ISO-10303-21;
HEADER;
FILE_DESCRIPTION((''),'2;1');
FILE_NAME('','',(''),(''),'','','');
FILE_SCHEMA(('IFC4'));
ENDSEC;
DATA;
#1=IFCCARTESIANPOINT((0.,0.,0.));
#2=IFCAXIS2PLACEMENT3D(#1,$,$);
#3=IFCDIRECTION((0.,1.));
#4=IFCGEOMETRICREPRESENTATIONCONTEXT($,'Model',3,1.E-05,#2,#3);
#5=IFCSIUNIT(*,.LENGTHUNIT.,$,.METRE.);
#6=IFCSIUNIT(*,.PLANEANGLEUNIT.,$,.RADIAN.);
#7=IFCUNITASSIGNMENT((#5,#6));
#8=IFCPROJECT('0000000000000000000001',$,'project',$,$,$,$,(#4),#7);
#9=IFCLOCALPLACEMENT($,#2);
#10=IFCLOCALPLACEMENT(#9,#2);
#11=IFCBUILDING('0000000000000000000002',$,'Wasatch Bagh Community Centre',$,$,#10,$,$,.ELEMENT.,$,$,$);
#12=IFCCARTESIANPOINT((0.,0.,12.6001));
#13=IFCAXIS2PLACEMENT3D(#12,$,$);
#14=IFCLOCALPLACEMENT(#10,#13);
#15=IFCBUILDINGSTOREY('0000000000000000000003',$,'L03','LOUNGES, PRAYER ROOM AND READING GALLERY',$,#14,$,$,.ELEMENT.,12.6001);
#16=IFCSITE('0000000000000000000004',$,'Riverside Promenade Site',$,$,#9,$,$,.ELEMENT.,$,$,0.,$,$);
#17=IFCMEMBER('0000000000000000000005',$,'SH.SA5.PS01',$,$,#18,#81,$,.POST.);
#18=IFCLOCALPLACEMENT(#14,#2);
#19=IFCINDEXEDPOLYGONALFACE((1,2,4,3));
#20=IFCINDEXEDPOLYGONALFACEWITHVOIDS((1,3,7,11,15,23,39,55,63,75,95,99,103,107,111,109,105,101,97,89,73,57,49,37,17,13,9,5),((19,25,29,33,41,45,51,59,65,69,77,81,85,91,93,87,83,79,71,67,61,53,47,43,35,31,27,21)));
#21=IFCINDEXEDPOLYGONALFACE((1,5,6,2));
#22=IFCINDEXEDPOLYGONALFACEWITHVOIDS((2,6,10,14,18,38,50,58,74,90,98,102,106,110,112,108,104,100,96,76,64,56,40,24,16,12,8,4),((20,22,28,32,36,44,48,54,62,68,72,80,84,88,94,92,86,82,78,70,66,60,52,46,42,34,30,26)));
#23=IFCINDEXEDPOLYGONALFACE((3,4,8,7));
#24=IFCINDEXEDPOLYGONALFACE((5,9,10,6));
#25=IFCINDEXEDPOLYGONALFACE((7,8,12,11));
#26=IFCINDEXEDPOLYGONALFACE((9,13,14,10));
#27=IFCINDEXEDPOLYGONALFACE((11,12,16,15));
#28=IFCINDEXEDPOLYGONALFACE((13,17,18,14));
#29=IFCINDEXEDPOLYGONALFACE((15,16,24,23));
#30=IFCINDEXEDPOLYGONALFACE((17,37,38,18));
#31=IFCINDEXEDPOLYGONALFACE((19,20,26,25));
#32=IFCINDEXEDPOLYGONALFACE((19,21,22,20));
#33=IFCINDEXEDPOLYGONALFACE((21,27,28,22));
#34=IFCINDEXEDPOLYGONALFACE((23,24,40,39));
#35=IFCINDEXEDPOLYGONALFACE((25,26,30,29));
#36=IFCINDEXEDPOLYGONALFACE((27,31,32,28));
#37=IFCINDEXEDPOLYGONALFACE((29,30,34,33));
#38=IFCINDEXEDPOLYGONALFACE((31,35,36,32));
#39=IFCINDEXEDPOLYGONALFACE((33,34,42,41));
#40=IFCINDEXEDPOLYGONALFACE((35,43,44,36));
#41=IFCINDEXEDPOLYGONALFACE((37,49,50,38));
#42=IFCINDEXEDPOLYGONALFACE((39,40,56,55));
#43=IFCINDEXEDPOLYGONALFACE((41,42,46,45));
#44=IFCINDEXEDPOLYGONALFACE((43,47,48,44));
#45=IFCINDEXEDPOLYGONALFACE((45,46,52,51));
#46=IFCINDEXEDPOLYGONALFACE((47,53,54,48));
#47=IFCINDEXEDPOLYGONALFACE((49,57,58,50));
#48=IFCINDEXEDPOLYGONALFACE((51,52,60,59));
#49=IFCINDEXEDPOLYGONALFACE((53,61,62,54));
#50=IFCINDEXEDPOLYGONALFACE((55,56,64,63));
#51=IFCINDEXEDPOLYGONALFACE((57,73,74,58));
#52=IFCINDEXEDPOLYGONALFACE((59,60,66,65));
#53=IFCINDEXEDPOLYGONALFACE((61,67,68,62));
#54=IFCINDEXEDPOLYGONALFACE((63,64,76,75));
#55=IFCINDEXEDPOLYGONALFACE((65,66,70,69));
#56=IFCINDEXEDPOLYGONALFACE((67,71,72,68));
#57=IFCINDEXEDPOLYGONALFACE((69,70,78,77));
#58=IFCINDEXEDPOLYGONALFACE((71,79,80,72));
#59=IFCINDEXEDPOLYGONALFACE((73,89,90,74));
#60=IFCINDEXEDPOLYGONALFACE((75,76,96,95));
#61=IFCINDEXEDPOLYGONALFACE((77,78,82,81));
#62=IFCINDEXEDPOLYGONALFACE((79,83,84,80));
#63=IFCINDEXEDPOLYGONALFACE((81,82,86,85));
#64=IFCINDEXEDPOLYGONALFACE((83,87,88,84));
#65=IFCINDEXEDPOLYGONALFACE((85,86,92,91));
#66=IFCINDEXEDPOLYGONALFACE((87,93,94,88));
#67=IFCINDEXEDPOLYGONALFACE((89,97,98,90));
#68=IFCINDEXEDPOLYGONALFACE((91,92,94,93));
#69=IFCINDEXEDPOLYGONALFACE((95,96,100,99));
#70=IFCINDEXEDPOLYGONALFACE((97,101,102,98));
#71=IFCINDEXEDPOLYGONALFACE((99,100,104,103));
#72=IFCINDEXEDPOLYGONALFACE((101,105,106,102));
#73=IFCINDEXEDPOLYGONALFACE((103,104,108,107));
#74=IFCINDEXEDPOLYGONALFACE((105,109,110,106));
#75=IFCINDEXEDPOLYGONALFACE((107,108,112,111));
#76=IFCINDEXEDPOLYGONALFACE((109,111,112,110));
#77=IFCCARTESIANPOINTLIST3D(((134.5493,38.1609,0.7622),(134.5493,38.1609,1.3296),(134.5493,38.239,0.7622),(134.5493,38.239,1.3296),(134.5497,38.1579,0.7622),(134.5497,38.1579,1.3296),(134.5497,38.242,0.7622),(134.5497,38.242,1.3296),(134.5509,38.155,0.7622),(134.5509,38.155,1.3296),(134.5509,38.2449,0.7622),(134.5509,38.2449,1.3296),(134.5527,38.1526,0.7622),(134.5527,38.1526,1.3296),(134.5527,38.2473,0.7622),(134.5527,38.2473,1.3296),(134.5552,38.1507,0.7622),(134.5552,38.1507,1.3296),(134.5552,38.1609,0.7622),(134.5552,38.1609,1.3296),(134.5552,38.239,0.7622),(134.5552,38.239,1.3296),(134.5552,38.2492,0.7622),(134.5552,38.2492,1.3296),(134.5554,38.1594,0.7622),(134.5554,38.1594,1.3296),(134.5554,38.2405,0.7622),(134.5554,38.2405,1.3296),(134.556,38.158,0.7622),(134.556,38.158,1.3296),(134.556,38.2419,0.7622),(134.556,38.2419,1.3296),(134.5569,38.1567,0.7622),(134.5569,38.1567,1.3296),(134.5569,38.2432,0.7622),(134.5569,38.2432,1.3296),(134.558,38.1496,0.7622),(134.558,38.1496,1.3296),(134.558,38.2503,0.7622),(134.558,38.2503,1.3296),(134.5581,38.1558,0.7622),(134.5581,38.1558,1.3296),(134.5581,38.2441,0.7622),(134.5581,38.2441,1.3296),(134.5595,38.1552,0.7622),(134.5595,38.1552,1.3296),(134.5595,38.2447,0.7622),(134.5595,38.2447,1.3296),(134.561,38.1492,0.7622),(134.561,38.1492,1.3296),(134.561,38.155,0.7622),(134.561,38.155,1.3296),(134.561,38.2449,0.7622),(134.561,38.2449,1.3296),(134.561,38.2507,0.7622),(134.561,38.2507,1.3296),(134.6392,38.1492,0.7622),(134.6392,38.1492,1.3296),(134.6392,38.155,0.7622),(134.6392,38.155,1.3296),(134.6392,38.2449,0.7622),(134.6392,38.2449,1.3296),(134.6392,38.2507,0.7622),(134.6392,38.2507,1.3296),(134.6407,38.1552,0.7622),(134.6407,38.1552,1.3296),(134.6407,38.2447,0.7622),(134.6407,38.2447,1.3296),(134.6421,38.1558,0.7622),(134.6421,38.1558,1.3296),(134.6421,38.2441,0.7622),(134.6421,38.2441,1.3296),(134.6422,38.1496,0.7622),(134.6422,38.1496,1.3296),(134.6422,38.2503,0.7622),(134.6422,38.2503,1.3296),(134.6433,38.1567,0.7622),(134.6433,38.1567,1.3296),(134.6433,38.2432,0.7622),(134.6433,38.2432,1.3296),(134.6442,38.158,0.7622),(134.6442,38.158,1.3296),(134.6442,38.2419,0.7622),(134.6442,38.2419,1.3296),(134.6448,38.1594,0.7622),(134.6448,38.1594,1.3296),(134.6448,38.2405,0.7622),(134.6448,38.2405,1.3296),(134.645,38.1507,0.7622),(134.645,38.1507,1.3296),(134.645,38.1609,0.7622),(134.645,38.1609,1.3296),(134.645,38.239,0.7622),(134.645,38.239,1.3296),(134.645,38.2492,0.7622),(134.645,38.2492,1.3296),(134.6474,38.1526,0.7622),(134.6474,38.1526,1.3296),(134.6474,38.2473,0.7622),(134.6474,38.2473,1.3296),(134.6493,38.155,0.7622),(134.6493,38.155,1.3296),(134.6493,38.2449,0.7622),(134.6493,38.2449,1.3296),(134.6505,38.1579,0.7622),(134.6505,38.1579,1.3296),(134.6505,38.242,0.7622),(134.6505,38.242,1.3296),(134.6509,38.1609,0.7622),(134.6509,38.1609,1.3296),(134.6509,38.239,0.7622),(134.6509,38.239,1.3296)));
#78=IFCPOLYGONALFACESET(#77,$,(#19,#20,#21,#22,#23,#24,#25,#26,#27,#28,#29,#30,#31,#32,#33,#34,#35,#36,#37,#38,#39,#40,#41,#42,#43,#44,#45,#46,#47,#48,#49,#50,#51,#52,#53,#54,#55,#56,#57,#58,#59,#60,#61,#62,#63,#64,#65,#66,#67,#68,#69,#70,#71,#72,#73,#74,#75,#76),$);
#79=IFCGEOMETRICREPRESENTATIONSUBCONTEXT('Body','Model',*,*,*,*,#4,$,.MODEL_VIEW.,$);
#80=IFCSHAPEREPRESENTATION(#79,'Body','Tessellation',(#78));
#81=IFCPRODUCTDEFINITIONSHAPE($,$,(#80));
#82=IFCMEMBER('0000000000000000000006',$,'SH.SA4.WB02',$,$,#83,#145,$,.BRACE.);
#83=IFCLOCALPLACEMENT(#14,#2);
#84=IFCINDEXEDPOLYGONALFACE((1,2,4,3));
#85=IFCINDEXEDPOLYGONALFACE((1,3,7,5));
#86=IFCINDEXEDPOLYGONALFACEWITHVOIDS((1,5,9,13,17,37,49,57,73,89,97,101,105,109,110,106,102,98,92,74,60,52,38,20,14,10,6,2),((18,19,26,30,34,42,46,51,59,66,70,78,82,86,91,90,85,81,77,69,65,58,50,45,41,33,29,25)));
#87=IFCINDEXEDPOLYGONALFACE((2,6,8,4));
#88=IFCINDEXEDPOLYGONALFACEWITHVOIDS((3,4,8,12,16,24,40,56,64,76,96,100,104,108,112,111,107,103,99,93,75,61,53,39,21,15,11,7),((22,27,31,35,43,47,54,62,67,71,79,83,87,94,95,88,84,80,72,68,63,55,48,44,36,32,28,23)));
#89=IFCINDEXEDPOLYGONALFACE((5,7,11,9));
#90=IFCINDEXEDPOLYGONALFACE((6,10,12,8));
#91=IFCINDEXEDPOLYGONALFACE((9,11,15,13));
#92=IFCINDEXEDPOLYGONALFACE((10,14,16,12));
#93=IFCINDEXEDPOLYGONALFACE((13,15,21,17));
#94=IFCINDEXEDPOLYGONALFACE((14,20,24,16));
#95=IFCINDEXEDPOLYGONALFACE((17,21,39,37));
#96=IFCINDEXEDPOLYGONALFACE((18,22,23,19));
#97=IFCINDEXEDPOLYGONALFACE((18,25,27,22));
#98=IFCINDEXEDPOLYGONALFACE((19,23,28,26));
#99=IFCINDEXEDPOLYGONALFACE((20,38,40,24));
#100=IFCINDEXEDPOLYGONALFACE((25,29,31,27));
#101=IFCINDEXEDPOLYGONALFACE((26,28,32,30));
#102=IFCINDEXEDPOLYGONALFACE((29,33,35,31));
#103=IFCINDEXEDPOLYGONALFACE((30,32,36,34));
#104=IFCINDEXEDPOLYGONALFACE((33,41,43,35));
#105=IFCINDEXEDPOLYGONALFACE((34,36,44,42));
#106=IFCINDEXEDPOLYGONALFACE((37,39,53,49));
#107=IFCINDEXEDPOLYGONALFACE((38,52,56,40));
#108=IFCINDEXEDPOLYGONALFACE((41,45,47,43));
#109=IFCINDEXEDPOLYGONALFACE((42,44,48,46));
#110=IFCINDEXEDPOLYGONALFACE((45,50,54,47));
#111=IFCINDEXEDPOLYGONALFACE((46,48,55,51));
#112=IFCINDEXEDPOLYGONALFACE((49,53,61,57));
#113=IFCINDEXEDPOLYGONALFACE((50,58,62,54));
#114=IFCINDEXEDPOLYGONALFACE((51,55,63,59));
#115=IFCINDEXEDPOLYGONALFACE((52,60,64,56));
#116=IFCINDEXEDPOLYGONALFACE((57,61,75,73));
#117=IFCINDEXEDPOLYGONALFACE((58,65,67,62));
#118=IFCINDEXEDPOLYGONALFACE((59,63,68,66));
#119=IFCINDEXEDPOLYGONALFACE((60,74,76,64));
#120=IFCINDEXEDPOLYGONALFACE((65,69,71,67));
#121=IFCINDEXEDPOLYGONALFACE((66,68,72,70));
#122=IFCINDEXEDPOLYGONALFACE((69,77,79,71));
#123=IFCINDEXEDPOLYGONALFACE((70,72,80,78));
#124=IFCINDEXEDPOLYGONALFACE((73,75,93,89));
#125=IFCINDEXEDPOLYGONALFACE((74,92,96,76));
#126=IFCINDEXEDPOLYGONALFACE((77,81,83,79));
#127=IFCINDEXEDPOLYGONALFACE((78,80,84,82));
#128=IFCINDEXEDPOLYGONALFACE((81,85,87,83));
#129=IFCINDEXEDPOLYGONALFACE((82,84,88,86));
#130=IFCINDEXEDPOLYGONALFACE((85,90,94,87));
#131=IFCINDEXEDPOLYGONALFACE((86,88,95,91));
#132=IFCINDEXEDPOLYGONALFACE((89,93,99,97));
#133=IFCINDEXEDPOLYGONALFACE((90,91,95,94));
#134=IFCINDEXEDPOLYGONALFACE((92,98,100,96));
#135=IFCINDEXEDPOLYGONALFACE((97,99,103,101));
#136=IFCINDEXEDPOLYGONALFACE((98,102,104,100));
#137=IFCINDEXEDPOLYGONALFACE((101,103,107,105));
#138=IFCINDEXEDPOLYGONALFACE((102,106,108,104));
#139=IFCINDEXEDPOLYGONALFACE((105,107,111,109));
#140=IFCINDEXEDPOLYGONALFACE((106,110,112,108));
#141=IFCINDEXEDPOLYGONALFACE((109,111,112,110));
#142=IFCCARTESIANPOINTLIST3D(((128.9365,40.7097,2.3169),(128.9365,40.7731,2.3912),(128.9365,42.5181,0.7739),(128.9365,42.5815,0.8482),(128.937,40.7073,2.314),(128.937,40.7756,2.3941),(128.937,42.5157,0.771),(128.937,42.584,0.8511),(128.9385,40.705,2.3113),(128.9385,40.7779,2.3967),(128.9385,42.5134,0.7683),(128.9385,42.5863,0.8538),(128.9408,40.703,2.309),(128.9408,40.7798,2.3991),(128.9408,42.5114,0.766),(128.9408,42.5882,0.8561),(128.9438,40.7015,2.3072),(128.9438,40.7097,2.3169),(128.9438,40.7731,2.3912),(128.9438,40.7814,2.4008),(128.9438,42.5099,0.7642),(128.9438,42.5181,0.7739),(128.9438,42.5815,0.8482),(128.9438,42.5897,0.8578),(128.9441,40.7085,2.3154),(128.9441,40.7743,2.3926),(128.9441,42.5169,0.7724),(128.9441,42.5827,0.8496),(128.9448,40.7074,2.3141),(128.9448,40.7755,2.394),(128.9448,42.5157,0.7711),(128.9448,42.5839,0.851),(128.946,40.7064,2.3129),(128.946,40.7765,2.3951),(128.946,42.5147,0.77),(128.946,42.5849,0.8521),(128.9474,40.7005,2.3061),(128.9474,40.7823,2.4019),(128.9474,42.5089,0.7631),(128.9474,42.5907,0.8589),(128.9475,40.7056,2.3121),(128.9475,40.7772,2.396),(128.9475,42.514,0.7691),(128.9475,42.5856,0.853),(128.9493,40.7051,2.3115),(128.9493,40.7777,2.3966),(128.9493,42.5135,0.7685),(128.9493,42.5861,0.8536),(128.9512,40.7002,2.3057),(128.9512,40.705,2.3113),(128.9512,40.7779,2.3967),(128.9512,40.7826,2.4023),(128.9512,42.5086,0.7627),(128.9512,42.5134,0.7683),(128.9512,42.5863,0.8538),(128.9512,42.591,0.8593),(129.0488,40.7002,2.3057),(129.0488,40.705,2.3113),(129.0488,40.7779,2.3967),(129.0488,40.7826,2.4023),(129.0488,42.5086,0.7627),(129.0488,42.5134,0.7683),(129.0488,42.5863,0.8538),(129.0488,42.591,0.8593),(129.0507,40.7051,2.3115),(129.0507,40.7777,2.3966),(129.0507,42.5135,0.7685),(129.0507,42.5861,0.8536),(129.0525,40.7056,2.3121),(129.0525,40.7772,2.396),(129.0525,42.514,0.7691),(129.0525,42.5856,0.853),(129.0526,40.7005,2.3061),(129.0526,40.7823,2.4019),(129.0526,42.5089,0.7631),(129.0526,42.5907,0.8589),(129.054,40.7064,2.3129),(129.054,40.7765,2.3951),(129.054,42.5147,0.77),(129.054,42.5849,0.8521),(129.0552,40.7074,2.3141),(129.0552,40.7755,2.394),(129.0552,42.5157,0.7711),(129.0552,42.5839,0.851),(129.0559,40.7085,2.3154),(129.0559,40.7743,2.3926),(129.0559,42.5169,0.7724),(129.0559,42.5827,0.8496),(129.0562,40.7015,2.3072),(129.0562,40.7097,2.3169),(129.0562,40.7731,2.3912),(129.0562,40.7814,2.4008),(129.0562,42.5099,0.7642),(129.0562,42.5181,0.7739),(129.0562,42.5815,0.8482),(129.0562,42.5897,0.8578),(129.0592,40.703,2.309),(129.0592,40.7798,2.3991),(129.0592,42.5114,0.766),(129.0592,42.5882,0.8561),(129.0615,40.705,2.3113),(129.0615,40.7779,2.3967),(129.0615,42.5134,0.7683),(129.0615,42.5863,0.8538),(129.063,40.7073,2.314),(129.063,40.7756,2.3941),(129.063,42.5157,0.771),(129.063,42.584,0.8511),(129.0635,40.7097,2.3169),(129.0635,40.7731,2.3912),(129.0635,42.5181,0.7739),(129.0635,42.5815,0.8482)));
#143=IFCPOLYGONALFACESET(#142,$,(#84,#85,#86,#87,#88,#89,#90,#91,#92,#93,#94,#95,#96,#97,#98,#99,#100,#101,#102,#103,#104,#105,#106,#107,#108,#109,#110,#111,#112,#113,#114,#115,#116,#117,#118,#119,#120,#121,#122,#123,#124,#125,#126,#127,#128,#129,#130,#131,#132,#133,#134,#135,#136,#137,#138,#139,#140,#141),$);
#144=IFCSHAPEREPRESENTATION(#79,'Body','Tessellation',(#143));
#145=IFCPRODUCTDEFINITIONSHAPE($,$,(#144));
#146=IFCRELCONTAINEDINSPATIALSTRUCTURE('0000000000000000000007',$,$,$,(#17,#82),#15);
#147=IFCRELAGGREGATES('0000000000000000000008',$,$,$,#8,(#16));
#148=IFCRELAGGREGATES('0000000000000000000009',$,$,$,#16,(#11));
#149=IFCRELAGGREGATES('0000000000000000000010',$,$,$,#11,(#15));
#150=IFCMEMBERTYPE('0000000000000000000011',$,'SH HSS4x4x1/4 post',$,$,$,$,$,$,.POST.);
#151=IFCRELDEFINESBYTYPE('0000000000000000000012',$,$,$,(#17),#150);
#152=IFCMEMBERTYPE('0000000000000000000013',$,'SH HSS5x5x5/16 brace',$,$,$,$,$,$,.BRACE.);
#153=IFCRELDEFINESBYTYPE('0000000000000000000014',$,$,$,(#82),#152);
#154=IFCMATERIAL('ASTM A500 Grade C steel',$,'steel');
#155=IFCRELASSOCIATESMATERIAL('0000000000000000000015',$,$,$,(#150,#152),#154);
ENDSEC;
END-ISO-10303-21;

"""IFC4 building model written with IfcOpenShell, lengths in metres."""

from ifc_helpers import new_model, si_unit, direction, frame, origin, origin_2d, place, context, subcontext, project, spatial, hollow_rectangle, extrude, material, material_profile, profile_set, type_object, element, save


model = new_model("IFC4")

# Units and contexts
model_context = context("Model", 3, precision=1e-05, world=origin(), true_north=direction((0.0, 1.0)))
body_context = subcontext(model_context, "Body", "Model", "MODEL_VIEW")
ifc_project = project(units=[si_unit("LENGTHUNIT", "METRE"), si_unit("PLANEANGLEUNIT", "RADIAN")], contexts=[model_context])

# Site, building, storey
site_placement = place(None, origin())
site = spatial("IfcSite", under=ifc_project, at=site_placement, Name="Riverside Promenade Site", CompositionType="ELEMENT", RefElevation=0.0)
building_placement = place(site_placement, origin())
building = spatial("IfcBuilding", under=site, at=building_placement, Name="Wasatch Bagh Community Centre", CompositionType="ELEMENT")
storey_placement = place(building_placement, frame((0.0, 0.0, 12.6001)))
storey = spatial("IfcBuildingStorey", under=building, at=storey_placement, Name="L03", Description="LOUNGES, PRAYER ROOM AND READING GALLERY", CompositionType="ELEMENT", Elevation=12.6001)

# Members
ifc_material_1 = material(Name="ASTM A500 Grade C steel", Category="steel")
ifc_material_profile_1 = material_profile(ifc_material_1, hollow_rectangle(XDim=0.1016, YDim=0.1016, WallThickness=0.0059, InnerFilletRadius=0.0059, OuterFilletRadius=0.0117, at=origin_2d()), Name="HSS4x4x1/4")
ifc_profile_set_1 = profile_set([ifc_material_profile_1], Name="ASTM A500 Grade C steel")
member_type_1 = type_object("IfcMemberType", Name="SH HSS4x4x1/4 post", PredefinedType="POST", material=ifc_profile_set_1)
member_1_placement = place(storey_placement, frame((134.6001, 38.2, 0.7622), z_axis=(0.0, 0.0, 1.0), x_axis=(1.0, 0.0, 0.0)))
element("IfcMember", 1, at=member_1_placement, inside=storey, type_object=member_type_1, Name="SH.SA5.PS01", PredefinedType="POST", context=body_context, shape_type="SweptSolid", body=[
    extrude(hollow_rectangle(XDim=0.1016, YDim=0.1016, WallThickness=0.0059, InnerFilletRadius=0.0059, OuterFilletRadius=0.0117, at=origin_2d()), origin(), (0.0, 0.0, 1.0), 0.5674),
])
ifc_material_profile_2 = material_profile(ifc_material_1, hollow_rectangle(XDim=0.127, YDim=0.127, WallThickness=0.0073, InnerFilletRadius=0.0073, OuterFilletRadius=0.0146, at=origin_2d()), Name="HSS5x5x5/16")
ifc_profile_set_2 = profile_set([ifc_material_profile_2], Name="ASTM A500 Grade C steel")
member_type_2 = type_object("IfcMemberType", Name="SH HSS5x5x5/16 brace", PredefinedType="BRACE", material=ifc_profile_set_2)
member_2_placement = place(storey_placement, frame((129.0, 42.5498, 0.811), z_axis=(0.0, -0.760719, 0.649081), x_axis=(1.0, 0.0, 0.0)))
element("IfcMember", 2, at=member_2_placement, inside=storey, type_object=member_type_2, Name="SH.SA4.WB02", PredefinedType="BRACE", context=body_context, shape_type="SweptSolid", body=[
    extrude(hollow_rectangle(XDim=0.127, YDim=0.127, WallThickness=0.0073, InnerFilletRadius=0.0073, OuterFilletRadius=0.0146, at=origin_2d()), origin(), (0.0, 0.0, 1.0), 2.3772),
])

save(model, "model.ifc")
